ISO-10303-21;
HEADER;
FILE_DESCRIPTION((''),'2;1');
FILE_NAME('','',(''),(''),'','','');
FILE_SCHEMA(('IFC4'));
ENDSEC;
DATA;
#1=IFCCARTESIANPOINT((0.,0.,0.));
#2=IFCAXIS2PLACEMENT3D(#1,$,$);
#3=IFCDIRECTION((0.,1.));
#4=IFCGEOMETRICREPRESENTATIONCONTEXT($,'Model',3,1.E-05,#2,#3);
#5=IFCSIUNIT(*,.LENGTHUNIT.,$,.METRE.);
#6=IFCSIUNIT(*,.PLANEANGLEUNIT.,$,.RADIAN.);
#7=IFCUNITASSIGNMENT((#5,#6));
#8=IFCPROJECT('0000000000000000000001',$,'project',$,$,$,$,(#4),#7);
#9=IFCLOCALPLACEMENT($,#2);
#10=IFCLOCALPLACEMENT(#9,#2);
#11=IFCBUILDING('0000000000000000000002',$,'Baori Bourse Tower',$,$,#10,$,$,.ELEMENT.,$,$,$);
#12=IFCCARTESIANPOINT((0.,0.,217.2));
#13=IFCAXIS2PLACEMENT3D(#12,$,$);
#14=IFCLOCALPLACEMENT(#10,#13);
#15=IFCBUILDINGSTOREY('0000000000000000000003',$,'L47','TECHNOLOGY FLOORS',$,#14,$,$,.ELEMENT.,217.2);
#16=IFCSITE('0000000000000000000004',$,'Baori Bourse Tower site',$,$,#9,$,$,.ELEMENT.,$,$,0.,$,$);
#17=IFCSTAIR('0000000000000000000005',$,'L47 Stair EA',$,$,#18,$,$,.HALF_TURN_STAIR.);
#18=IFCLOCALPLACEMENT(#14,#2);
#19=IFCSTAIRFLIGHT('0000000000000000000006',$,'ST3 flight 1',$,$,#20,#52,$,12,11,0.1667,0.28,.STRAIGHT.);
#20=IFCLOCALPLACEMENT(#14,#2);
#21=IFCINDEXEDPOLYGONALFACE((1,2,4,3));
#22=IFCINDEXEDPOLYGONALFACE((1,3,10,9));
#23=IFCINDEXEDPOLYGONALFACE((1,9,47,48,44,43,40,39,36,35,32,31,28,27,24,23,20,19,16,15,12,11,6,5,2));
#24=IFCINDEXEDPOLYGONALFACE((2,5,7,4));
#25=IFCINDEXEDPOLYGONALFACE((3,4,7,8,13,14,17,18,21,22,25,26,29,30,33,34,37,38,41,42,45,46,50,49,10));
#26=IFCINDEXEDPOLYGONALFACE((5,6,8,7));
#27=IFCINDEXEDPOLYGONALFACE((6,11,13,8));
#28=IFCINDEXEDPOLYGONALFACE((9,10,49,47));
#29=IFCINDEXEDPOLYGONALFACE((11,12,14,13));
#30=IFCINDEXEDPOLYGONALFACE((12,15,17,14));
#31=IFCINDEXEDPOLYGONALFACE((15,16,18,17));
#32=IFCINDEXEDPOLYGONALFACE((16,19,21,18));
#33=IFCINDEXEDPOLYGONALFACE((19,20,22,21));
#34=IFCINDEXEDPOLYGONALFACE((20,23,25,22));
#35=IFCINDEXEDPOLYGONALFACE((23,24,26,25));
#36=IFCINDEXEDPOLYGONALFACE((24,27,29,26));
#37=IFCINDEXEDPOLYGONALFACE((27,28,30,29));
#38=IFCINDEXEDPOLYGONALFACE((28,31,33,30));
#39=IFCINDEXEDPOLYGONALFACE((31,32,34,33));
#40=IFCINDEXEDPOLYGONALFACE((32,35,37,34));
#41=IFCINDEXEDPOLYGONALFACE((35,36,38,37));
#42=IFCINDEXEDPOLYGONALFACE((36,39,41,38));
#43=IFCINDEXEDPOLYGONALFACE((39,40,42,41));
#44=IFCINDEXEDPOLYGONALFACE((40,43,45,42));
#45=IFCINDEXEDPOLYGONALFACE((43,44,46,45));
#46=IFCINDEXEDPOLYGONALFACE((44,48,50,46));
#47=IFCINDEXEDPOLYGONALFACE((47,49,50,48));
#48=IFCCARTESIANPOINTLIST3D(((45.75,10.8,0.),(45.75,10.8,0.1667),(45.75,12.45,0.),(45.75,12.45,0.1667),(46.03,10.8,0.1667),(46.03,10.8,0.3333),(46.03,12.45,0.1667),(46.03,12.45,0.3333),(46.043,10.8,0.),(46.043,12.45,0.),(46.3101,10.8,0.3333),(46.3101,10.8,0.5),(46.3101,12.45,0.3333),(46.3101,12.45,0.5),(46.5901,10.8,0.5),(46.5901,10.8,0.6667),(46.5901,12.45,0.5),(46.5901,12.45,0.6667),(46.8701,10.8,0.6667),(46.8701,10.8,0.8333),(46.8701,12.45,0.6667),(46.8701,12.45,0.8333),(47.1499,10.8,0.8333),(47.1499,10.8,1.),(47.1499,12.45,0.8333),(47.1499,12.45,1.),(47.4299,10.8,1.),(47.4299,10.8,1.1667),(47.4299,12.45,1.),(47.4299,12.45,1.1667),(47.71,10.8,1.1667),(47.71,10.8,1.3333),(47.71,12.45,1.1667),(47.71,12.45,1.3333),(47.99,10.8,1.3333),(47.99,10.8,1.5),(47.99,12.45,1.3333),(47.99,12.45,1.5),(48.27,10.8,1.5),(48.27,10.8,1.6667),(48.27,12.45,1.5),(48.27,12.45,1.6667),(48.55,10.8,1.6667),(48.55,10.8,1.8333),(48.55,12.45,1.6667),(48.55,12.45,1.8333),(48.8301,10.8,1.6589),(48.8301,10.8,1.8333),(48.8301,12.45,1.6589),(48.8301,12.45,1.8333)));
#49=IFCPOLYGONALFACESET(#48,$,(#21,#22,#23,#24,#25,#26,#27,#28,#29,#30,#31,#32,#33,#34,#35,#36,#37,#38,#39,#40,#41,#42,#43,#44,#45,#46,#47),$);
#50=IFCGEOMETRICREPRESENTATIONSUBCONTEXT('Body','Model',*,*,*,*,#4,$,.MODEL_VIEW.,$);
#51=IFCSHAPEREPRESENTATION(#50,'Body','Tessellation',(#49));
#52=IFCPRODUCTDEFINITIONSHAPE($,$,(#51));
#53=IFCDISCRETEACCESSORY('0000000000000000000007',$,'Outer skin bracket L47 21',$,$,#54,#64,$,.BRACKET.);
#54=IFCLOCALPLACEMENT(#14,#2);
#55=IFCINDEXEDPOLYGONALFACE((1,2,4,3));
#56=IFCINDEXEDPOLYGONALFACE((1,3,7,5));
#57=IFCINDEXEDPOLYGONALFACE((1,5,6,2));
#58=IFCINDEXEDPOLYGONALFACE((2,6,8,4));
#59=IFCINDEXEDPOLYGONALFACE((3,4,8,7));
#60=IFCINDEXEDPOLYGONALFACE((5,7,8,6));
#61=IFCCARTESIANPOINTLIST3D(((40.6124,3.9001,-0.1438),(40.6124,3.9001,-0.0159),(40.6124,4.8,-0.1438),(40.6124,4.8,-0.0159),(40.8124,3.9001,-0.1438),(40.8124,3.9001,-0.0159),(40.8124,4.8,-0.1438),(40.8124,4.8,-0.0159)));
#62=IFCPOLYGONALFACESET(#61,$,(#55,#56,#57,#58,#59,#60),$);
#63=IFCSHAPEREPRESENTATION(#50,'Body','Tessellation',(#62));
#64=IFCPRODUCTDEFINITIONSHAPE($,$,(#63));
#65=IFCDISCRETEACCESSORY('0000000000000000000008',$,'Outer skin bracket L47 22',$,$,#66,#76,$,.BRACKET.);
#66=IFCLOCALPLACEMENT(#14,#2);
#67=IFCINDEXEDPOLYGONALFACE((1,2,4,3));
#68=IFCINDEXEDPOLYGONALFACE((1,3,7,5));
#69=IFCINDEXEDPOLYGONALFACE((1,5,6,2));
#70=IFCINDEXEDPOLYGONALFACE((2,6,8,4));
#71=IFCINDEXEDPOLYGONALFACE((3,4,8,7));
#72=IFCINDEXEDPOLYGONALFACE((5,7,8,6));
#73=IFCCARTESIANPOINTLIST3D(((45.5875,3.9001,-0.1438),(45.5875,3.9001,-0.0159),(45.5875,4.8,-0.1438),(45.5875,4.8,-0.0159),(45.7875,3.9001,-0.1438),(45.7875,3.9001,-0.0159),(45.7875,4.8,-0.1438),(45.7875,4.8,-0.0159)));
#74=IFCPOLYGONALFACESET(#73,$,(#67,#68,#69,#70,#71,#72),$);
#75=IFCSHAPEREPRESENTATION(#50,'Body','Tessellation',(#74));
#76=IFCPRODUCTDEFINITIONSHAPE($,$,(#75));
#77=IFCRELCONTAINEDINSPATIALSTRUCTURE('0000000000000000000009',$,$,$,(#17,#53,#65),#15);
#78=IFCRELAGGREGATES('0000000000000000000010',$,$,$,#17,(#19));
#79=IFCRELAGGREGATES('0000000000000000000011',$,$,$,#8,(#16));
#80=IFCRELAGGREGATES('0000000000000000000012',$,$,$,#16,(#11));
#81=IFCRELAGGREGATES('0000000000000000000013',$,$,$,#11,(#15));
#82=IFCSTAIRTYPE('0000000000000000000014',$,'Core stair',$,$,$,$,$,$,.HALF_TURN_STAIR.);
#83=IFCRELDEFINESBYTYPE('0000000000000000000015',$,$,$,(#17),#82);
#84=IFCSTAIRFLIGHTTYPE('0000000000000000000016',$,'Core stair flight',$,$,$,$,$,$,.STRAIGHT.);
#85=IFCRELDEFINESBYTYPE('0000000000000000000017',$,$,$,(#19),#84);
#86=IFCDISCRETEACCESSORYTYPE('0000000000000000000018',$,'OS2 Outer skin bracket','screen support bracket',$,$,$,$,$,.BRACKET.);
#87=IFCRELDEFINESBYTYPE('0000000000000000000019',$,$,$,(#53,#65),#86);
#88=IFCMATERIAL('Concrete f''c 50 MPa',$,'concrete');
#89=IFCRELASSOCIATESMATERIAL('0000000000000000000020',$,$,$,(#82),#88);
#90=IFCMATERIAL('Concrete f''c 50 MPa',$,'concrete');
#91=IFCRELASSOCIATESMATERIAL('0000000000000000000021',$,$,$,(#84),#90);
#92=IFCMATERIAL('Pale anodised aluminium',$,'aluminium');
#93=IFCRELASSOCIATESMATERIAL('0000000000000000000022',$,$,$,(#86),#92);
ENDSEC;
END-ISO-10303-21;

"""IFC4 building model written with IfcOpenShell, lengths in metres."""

from ifc_helpers import new_model, si_unit, direction, frame, origin, origin_2d, place, context, subcontext, project, spatial, polyline, rectangle, outline, extrude, material, type_object, element, aggregate, save


model = new_model("IFC4")

# Units and contexts
model_context = context("Model", 3, precision=1e-05, world=origin(), true_north=direction((0.0, 1.0)))
body_context = subcontext(model_context, "Body", "Model", "MODEL_VIEW")
ifc_project = project(units=[si_unit("LENGTHUNIT", "METRE"), si_unit("PLANEANGLEUNIT", "RADIAN")], contexts=[model_context])

# Site, building, storey
site_placement = place(None, origin())
site = spatial("IfcSite", under=ifc_project, at=site_placement, Name="Baori Bourse Tower site", CompositionType="ELEMENT", RefElevation=0.0)
building_placement = place(site_placement, origin())
building = spatial("IfcBuilding", under=site, at=building_placement, Name="Baori Bourse Tower", CompositionType="ELEMENT")
storey_placement = place(building_placement, frame((0.0, 0.0, 217.2)))
storey = spatial("IfcBuildingStorey", under=building, at=storey_placement, Name="L47", Description="TECHNOLOGY FLOORS", CompositionType="ELEMENT", Elevation=217.2)

# Stair, stair flight
ifc_material_1 = material(Name="Concrete f'c 50 MPa", Category="concrete")
stair_type = type_object("IfcStairType", Name="Core stair", PredefinedType="HALF_TURN_STAIR", material=ifc_material_1)
stair_placement = place(storey_placement, origin())
stair = element("IfcStair", 1, at=stair_placement, inside=storey, type_object=stair_type, Name="L47 Stair EA", PredefinedType="HALF_TURN_STAIR")
ifc_material_2 = material(Name="Concrete f'c 50 MPa", Category="concrete")
stair_flight_type = type_object("IfcStairFlightType", Name="Core stair flight", PredefinedType="STRAIGHT", material=ifc_material_2)
stair_flight_placement = place(storey_placement, frame((45.75, 11.625, 0.0), z_axis=(0.0, 0.0, 1.0), x_axis=(1.0, 0.0, 0.0)))
stair_flight = element("IfcStairFlight", 2, at=stair_flight_placement, type_object=stair_flight_type, Name="ST3 flight 1", NumberOfRisers=12, NumberOfTreads=11, PredefinedType="STRAIGHT", RiserHeight=0.1667, TreadLength=0.28, context=body_context, shape_type="SweptSolid", body=[
    extrude(outline(polyline([(0.0, 0.0), (0.0, 0.1667), (0.28, 0.1667), (0.28, 0.3333), (0.5601, 0.3333), (0.5601, 0.5), (0.8401, 0.5), (0.8401, 0.6667), (1.1201, 0.6667), (1.1201, 0.8333), (1.3999, 0.8333), (1.3999, 1.0), (1.6799, 1.0), (1.6799, 1.1667), (1.96, 1.1667), (1.96, 1.3333), (2.24, 1.3333), (2.24, 1.5), (2.52, 1.5), (2.52, 1.6667), (2.8, 1.6667), (2.8, 1.8333), (3.0801, 1.8333), (3.0801, 2.0), (3.0801, 1.6589), (0.293, 0.0), (0.0, 0.0)])), frame((0.0, 0.825, 0.0), z_axis=(0.0, -1.0, 0.0), x_axis=(1.0, 0.0, 0.0)), (0.0, 0.0, 1.0), 1.6499),
])
aggregate(stair, [stair_flight])

# Discrete accessories
ifc_material_3 = material(Name="Pale anodised aluminium", Category="aluminium")
discrete_accessory_type = type_object("IfcDiscreteAccessoryType", Name="OS2 Outer skin bracket", Description="screen support bracket", PredefinedType="BRACKET", material=ifc_material_3)
for number, where, z_axis, x_axis, name in (
    (3, (40.7124, 4.3501, -0.1438), (0.0, 0.0, 1.0), (1.0, 0.0, 0.0), "Outer skin bracket L47 21"),
    (4, (45.6875, 4.3501, -0.1438), (0.0, 0.0, 1.0), (1.0, 0.0, 0.0), "Outer skin bracket L47 22"),
):
    element("IfcDiscreteAccessory", number, at=place(storey_placement, frame(where, z_axis=z_axis, x_axis=x_axis)), inside=storey, type_object=discrete_accessory_type, Name=name, PredefinedType="BRACKET", context=body_context, shape_type="SweptSolid", body=[
        extrude(rectangle(XDim=0.2, YDim=0.8999, at=origin_2d()), origin(), (0.0, 0.0, 1.0), 0.1279),
    ])

save(model, "model.ifc")
